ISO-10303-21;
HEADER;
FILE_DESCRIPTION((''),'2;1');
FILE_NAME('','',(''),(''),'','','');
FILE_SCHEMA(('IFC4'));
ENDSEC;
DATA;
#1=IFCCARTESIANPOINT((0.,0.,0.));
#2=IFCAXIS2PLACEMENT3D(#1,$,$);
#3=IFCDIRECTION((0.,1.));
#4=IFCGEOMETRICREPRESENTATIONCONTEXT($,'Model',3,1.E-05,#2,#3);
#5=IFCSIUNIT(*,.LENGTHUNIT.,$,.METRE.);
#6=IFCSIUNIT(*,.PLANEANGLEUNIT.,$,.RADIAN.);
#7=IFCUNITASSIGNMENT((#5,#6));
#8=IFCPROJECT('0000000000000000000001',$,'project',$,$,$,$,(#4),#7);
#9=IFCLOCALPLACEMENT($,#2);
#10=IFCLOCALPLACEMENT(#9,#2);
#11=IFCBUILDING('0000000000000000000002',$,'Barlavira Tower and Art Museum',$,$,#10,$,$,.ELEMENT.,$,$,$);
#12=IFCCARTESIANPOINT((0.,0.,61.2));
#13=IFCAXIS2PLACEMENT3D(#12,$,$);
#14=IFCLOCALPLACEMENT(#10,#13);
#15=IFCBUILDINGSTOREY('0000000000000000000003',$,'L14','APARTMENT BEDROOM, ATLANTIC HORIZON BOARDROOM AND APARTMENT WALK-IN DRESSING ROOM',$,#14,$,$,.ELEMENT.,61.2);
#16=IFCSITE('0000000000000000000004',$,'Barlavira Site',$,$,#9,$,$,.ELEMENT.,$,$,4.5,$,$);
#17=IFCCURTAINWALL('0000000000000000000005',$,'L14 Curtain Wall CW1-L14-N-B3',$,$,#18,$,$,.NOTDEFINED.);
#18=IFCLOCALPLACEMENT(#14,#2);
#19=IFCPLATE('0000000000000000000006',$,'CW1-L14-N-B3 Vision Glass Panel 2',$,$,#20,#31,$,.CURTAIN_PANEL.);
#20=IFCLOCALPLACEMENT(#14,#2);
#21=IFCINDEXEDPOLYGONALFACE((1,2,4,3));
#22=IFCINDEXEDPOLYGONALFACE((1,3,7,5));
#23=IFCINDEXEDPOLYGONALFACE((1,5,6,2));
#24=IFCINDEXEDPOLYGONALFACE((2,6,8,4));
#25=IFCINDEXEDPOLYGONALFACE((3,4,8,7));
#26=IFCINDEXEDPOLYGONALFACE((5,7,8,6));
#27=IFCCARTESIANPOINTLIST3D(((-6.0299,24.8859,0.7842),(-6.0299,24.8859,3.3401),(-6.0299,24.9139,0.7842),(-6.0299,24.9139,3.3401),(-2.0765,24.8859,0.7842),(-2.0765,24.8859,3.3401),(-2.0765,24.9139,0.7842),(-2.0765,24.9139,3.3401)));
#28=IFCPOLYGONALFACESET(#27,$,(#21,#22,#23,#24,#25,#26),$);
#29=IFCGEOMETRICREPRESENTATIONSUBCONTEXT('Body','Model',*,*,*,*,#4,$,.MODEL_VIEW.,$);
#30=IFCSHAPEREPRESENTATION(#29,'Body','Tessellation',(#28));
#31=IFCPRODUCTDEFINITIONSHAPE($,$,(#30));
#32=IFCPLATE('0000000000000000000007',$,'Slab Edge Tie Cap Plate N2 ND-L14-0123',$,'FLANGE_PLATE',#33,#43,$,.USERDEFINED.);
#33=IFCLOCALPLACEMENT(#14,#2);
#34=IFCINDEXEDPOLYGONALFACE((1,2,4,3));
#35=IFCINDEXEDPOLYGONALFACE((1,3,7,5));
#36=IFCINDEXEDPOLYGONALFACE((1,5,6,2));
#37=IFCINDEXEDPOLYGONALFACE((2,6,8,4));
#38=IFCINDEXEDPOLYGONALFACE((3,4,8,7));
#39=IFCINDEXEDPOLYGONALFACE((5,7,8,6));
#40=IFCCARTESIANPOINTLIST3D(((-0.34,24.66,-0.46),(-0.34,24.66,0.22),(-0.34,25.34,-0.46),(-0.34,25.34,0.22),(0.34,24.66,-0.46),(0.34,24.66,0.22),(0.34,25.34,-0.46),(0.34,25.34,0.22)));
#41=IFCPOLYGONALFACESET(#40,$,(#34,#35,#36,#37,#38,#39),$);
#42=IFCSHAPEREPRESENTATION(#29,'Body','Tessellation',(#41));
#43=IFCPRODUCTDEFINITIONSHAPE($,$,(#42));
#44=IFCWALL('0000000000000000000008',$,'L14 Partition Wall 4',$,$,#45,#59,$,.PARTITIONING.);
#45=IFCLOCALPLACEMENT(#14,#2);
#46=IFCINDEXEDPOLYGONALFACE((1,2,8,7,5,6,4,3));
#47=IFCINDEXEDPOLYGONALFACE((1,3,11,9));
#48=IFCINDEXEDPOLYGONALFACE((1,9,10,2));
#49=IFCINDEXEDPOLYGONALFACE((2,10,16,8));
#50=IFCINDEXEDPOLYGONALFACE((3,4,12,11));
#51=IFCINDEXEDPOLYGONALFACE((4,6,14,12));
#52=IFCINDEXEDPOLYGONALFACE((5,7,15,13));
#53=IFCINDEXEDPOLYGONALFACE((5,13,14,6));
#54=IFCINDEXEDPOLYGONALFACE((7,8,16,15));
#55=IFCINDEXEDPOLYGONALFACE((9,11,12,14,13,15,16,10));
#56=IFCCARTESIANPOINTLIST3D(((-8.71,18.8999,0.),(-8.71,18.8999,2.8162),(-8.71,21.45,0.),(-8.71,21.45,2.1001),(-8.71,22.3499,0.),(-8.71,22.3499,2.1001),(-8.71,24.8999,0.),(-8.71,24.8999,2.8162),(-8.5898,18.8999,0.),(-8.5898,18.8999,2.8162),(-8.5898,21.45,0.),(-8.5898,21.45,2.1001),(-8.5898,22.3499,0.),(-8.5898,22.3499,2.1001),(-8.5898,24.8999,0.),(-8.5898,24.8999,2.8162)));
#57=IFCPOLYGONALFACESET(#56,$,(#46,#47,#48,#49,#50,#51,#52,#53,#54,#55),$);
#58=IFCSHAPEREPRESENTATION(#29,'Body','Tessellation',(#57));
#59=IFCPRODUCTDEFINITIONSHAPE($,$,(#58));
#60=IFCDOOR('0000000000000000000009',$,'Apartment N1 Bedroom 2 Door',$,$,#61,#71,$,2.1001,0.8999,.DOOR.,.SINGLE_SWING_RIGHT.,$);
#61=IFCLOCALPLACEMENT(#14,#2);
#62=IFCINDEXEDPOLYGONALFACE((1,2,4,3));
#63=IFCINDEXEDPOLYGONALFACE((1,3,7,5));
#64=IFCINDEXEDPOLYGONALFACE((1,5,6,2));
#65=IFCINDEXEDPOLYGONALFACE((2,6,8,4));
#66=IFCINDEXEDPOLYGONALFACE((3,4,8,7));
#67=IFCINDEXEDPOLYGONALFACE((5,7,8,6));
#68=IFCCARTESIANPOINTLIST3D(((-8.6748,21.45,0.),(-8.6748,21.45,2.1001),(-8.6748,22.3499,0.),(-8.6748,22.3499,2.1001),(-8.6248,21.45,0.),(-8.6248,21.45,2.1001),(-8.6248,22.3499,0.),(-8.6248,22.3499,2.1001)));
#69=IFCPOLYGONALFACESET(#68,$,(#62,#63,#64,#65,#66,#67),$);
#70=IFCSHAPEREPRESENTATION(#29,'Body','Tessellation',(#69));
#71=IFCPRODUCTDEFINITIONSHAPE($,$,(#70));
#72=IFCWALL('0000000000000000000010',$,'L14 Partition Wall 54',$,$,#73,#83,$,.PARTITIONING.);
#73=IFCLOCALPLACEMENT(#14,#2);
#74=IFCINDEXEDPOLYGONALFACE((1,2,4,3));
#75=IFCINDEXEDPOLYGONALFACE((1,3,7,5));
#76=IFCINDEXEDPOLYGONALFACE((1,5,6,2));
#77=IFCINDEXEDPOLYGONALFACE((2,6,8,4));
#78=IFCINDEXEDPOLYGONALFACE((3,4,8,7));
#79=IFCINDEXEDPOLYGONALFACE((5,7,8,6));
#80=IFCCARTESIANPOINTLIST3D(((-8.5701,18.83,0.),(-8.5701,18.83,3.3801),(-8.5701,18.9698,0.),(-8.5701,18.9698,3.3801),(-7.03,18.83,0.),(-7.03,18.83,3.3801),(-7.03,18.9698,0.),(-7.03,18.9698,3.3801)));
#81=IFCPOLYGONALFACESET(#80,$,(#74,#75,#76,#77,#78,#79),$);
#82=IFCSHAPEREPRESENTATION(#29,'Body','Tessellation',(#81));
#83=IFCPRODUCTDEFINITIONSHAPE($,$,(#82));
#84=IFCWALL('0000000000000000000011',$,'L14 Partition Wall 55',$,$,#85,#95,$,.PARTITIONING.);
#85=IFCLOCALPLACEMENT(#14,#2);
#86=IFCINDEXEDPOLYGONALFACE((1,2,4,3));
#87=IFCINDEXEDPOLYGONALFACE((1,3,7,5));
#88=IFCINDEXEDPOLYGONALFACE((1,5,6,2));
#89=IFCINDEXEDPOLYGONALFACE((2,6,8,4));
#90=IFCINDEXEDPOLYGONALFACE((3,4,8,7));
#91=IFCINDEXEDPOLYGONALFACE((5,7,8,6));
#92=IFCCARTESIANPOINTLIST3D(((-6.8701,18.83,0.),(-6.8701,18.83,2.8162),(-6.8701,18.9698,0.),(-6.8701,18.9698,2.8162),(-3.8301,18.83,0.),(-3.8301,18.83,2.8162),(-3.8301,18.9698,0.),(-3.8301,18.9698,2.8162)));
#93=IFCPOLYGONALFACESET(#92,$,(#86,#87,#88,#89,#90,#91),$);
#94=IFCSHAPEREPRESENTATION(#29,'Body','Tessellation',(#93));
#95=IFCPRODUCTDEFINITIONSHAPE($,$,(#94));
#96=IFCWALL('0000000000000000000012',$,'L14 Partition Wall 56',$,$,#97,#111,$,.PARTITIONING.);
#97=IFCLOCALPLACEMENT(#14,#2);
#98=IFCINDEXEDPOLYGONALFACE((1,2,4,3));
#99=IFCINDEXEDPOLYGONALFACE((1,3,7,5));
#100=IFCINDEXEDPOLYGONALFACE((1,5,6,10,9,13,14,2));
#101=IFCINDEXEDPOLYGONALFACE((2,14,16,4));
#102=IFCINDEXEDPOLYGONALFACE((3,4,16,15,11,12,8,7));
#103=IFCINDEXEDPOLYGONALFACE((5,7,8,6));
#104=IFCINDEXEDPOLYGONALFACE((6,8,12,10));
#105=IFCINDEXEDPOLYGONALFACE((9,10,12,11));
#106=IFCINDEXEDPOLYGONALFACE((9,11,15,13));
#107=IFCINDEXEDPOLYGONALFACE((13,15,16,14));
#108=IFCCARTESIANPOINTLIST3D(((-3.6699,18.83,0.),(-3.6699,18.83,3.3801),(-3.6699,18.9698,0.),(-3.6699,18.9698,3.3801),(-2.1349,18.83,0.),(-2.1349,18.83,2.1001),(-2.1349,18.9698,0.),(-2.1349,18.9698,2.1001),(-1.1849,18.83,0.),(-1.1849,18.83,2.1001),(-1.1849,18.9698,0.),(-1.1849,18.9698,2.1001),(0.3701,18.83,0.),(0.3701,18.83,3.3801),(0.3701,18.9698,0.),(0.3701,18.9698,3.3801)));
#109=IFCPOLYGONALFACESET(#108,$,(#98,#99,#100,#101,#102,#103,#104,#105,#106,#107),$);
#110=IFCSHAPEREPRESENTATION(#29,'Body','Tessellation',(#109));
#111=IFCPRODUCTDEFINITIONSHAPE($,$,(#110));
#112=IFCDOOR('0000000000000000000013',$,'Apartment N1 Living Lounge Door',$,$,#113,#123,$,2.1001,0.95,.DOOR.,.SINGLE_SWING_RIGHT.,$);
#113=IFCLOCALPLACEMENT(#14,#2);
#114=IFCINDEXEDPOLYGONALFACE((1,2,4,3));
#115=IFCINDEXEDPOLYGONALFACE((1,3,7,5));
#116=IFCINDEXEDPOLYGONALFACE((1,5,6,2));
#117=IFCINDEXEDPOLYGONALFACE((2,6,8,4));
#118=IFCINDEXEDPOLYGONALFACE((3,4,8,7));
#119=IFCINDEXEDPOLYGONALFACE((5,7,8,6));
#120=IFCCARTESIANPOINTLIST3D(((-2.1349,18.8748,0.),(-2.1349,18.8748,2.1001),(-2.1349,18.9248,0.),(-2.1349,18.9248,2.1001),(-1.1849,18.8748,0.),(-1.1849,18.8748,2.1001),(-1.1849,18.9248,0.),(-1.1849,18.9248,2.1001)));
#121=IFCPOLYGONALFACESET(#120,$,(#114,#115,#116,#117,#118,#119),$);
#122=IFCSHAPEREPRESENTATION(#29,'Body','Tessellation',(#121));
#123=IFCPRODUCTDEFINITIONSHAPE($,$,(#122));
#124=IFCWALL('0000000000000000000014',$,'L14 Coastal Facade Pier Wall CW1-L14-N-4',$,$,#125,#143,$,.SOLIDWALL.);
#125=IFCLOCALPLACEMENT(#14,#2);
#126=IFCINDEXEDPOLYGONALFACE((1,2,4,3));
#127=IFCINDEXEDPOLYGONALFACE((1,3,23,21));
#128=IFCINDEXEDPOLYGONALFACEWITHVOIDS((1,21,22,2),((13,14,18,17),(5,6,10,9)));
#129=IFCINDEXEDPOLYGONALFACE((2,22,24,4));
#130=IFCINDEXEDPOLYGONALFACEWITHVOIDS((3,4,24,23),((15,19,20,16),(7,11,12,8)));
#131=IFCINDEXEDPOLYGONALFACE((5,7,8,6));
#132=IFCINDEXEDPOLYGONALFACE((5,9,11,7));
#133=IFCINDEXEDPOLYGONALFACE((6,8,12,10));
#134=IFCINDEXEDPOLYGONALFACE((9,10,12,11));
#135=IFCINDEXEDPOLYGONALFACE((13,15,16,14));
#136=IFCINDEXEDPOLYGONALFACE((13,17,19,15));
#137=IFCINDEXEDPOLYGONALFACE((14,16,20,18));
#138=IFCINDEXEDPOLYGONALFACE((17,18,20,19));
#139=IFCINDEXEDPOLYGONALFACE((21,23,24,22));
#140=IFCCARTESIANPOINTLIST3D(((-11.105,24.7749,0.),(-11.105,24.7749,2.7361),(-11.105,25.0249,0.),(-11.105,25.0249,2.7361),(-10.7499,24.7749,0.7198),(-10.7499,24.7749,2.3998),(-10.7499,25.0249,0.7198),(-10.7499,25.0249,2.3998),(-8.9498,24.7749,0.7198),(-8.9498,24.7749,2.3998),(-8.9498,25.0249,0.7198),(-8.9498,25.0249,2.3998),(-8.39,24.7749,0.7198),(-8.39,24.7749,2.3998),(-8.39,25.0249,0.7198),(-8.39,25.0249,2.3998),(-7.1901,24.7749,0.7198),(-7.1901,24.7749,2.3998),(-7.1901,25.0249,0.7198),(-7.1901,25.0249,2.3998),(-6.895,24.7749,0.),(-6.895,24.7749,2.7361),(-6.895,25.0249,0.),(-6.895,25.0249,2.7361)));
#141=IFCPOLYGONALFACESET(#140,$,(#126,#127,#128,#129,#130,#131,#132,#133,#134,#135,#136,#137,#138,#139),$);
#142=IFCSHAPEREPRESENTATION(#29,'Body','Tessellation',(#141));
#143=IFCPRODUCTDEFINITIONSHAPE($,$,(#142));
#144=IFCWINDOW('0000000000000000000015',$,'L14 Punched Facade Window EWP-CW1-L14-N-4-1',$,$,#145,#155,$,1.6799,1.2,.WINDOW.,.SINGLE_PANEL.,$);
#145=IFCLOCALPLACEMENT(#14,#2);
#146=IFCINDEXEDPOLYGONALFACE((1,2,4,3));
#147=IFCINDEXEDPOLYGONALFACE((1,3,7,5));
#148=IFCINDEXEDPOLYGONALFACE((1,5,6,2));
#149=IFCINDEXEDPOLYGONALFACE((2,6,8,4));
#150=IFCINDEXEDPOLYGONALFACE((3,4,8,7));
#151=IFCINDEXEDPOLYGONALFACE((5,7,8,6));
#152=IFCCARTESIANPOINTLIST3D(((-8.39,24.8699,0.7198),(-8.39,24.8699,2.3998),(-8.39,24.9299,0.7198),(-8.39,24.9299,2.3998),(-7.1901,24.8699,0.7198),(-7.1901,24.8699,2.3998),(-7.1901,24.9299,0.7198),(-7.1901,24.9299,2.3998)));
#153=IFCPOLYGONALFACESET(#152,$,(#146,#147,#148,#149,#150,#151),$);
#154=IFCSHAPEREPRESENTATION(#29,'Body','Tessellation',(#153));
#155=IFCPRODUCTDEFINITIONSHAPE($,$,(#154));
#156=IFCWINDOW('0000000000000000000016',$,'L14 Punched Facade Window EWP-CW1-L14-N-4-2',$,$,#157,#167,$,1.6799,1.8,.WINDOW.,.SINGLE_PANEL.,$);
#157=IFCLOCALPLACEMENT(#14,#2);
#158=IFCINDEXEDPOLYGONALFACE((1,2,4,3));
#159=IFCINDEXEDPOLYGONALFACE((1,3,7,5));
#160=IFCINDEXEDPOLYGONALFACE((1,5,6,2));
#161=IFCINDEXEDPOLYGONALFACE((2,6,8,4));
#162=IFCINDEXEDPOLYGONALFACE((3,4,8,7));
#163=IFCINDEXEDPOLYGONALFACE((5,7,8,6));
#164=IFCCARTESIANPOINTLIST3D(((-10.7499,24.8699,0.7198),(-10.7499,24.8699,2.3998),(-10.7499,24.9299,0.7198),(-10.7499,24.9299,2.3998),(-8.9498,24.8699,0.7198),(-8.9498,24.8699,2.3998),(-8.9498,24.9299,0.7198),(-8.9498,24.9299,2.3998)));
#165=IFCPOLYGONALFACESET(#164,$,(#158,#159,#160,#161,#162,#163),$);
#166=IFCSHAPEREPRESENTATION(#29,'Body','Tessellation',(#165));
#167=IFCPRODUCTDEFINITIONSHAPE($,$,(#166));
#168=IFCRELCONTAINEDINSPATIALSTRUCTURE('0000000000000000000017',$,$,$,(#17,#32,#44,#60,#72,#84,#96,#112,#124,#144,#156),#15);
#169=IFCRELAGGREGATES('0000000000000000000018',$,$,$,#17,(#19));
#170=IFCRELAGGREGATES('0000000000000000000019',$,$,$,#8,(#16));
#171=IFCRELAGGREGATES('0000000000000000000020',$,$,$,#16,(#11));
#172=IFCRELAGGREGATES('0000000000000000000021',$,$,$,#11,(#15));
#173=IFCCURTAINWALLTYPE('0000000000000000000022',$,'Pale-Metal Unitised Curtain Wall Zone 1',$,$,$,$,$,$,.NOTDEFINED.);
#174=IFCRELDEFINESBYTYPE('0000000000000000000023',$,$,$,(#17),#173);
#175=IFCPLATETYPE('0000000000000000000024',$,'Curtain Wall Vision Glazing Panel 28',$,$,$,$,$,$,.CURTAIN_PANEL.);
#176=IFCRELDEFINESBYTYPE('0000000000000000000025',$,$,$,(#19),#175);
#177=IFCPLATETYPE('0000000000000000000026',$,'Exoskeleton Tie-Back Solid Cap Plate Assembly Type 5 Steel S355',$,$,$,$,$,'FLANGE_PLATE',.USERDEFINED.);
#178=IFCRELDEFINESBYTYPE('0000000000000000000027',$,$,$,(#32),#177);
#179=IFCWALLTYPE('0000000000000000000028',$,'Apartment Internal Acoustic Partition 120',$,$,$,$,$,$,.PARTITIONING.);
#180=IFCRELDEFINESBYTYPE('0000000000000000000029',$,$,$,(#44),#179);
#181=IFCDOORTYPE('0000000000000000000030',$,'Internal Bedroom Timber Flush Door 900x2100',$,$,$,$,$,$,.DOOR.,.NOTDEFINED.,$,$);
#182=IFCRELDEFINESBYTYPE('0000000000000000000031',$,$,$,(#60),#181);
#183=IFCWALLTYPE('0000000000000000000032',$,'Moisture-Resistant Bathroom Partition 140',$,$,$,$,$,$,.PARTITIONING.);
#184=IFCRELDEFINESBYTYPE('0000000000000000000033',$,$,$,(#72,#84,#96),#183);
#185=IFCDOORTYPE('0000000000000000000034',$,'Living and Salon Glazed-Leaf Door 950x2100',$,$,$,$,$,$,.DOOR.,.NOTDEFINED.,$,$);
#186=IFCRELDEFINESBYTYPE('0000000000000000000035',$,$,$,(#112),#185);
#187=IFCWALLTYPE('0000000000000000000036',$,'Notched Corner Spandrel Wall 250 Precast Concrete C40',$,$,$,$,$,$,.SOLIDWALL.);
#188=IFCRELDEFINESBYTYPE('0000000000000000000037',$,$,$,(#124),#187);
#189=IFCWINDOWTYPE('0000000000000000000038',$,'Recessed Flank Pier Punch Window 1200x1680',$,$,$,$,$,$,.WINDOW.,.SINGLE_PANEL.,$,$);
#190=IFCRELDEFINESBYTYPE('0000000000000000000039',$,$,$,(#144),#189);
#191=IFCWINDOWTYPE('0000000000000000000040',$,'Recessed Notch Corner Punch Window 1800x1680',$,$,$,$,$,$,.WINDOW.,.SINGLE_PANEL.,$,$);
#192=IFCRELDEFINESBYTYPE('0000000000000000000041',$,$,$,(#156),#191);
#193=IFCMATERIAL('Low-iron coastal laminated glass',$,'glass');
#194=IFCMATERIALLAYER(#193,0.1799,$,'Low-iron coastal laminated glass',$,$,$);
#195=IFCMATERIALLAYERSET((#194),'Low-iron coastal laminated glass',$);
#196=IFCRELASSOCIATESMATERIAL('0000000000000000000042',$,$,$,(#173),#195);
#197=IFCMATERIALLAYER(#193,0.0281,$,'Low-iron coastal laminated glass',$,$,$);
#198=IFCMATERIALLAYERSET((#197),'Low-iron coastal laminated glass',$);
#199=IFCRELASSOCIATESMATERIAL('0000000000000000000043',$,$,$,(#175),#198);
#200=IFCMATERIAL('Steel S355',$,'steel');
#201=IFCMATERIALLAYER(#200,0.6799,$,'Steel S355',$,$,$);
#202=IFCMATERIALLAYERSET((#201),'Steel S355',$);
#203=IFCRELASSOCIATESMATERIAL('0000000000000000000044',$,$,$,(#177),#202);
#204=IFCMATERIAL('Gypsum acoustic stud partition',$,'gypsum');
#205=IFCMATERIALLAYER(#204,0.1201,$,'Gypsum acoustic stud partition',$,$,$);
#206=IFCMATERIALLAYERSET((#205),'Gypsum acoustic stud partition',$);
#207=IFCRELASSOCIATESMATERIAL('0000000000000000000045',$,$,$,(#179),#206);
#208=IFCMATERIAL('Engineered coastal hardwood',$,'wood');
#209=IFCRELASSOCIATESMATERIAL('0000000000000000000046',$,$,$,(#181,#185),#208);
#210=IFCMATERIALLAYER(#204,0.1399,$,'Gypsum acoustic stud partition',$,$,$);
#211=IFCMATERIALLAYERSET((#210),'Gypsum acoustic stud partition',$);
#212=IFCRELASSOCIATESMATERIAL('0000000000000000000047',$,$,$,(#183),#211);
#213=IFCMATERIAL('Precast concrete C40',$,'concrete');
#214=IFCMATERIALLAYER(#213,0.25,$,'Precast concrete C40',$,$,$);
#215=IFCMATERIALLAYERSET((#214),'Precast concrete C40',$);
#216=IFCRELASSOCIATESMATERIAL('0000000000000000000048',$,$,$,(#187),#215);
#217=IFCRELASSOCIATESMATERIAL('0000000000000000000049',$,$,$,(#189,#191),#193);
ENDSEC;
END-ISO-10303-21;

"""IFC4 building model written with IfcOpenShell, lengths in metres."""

from ifc_helpers import new_model, si_unit, direction, frame, frame_2d, origin, origin_2d, place, context, subcontext, project, spatial, rectangle, extrude, material, layer, layer_set, type_object, element, fill, aggregate, save


model = new_model("IFC4")

# Units and contexts
model_context = context("Model", 3, precision=1e-05, world=origin(), true_north=direction((0.0, 1.0)))
body_context = subcontext(model_context, "Body", "Model", "MODEL_VIEW")
ifc_project = project(units=[si_unit("LENGTHUNIT", "METRE"), si_unit("PLANEANGLEUNIT", "RADIAN")], contexts=[model_context])

# Site, building, storey
site_placement = place(None, origin())
site = spatial("IfcSite", under=ifc_project, at=site_placement, Name="Barlavira Site", CompositionType="ELEMENT", RefElevation=4.5)
building_placement = place(site_placement, origin())
building = spatial("IfcBuilding", under=site, at=building_placement, Name="Barlavira Tower and Art Museum", CompositionType="ELEMENT")
storey_placement = place(building_placement, frame((0.0, 0.0, 61.2)))
storey = spatial("IfcBuildingStorey", under=building, at=storey_placement, Name="L14", Description="APARTMENT BEDROOM, ATLANTIC HORIZON BOARDROOM AND APARTMENT WALK-IN DRESSING ROOM", CompositionType="ELEMENT", Elevation=61.2)

# Curtain wall
ifc_material_1 = material(Name="Low-iron coastal laminated glass", Category="glass")
ifc_layer_1 = layer(ifc_material_1, 0.1799, Name="Low-iron coastal laminated glass")
ifc_layer_set_1 = layer_set([ifc_layer_1], Name="Low-iron coastal laminated glass")
curtain_wall_type = type_object("IfcCurtainWallType", Name="Pale-Metal Unitised Curtain Wall Zone 1", PredefinedType="NOTDEFINED", material=ifc_layer_set_1)
curtain_wall_placement = place(storey_placement, origin())
curtain_wall = element("IfcCurtainWall", 1, at=curtain_wall_placement, inside=storey, type_object=curtain_wall_type, Name="L14 Curtain Wall CW1-L14-N-B3", PredefinedType="NOTDEFINED")

# Shared definitions
ifc_material_2 = material(Name="Steel S355", Category="steel")

# Plates
ifc_layer_2 = layer(ifc_material_1, 0.0281, Name="Low-iron coastal laminated glass")
ifc_layer_set_2 = layer_set([ifc_layer_2], Name="Low-iron coastal laminated glass")
plate_type_1 = type_object("IfcPlateType", Name="Curtain Wall Vision Glazing Panel 28", PredefinedType="CURTAIN_PANEL", material=ifc_layer_set_2)
plate_1_placement = place(storey_placement, frame((-4.0532, 24.8999, 0.7842), z_axis=(0.0, 0.0, 1.0), x_axis=(-1.0, 0.0, 0.0)))
plate_1 = element("IfcPlate", 2, at=plate_1_placement, type_object=plate_type_1, Name="CW1-L14-N-B3 Vision Glass Panel 2", PredefinedType="CURTAIN_PANEL", context=body_context, shape_type="SweptSolid", body=[
    extrude(rectangle(XDim=3.9534, YDim=0.0281, at=origin_2d()), origin(), (0.0, 0.0, 1.0), 2.5559),
])
aggregate(curtain_wall, [plate_1])
ifc_layer_3 = layer(ifc_material_2, 0.6799, Name="Steel S355")
ifc_layer_set_3 = layer_set([ifc_layer_3], Name="Steel S355")
plate_type_2 = type_object("IfcPlateType", Name="Exoskeleton Tie-Back Solid Cap Plate Assembly Type 5 Steel S355", ElementType="FLANGE_PLATE", PredefinedType="USERDEFINED", material=ifc_layer_set_3)
plate_2_placement = place(storey_placement, frame((0.0, 25.0, -0.46), z_axis=(0.0, 0.0, 1.0), x_axis=(1.0, 0.0, 0.0)))
element("IfcPlate", 3, at=plate_2_placement, inside=storey, type_object=plate_type_2, Name="Slab Edge Tie Cap Plate N2 ND-L14-0123", ObjectType="FLANGE_PLATE", PredefinedType="USERDEFINED", context=body_context, shape_type="SweptSolid", body=[
    extrude(rectangle(XDim=0.6799, YDim=0.6799, at=origin_2d()), origin(), (0.0, 0.0, 1.0), 0.6799),
])

# Wall, opening, door
ifc_material_3 = material(Name="Gypsum acoustic stud partition", Category="gypsum")
ifc_layer_4 = layer(ifc_material_3, 0.1201, Name="Gypsum acoustic stud partition")
ifc_layer_set_4 = layer_set([ifc_layer_4], Name="Gypsum acoustic stud partition")
wall_type_1 = type_object("IfcWallType", Name="Apartment Internal Acoustic Partition 120", PredefinedType="PARTITIONING", material=ifc_layer_set_4)
wall_1_placement = place(storey_placement, frame((-8.6499, 18.8999, 0.0), z_axis=(0.0, 0.0, 1.0), x_axis=(0.0, 1.0, 0.0)))
wall_1 = element("IfcWall", 4, at=wall_1_placement, inside=storey, type_object=wall_type_1, Name="L14 Partition Wall 4", PredefinedType="PARTITIONING", context=body_context, shape_type="SweptSolid", body=[
    extrude(rectangle(XDim=6.0, YDim=0.1201, at=frame_2d((3.0, 0.0))), origin(), (0.0, 0.0, 1.0), 2.8162),
])
opening_1_placement = place(wall_1_placement, frame((2.55, 0.0, 0.0)))
opening_1 = element("IfcOpeningElement", 5, at=opening_1_placement, cuts=wall_1, PredefinedType="OPENING", context=body_context, shape_type="SweptSolid", body=[
    extrude(rectangle(XDim=0.8999, YDim=2.1001, at=frame_2d((0.45, 1.05))), frame((0.0, 0.0701, 0.0), z_axis=(0.0, -1.0, 0.0), x_axis=(1.0, 0.0, 0.0)), (0.0, 0.0, 1.0), 0.1401),
])
ifc_material_4 = material(Name="Engineered coastal hardwood", Category="wood")
door_type_1 = type_object("IfcDoorType", Name="Internal Bedroom Timber Flush Door 900x2100", OperationType="NOTDEFINED", PredefinedType="DOOR", material=ifc_material_4)
door_1_placement = place(opening_1_placement, origin())
door_1 = element("IfcDoor", 6, at=door_1_placement, inside=storey, type_object=door_type_1, Name="Apartment N1 Bedroom 2 Door", OperationType="SINGLE_SWING_RIGHT", OverallHeight=2.1001, OverallWidth=0.8999, PredefinedType="DOOR", context=body_context, shape_type="SweptSolid", body=[
    extrude(rectangle(XDim=0.8999, YDim=2.1001, at=frame_2d((0.45, 1.05))), frame((0.0, 0.0249, 0.0), z_axis=(0.0, -1.0, 0.0), x_axis=(1.0, 0.0, 0.0)), (0.0, 0.0, 1.0), 0.05),
])
fill(opening_1, door_1)

# Walls
ifc_layer_5 = layer(ifc_material_3, 0.1399, Name="Gypsum acoustic stud partition")
ifc_layer_set_5 = layer_set([ifc_layer_5], Name="Gypsum acoustic stud partition")
wall_type_2 = type_object("IfcWallType", Name="Moisture-Resistant Bathroom Partition 140", PredefinedType="PARTITIONING", material=ifc_layer_set_5)
wall_2_placement = place(storey_placement, frame((-8.5701, 18.8999, 0.0), z_axis=(0.0, 0.0, 1.0), x_axis=(1.0, 0.0, 0.0)))
element("IfcWall", 7, at=wall_2_placement, inside=storey, type_object=wall_type_2, Name="L14 Partition Wall 54", PredefinedType="PARTITIONING", context=body_context, shape_type="SweptSolid", body=[
    extrude(rectangle(XDim=1.54, YDim=0.1399, at=frame_2d((0.77, 0.0))), origin(), (0.0, 0.0, 1.0), 3.3801),
])
wall_3_placement = place(storey_placement, frame((-6.8701, 18.8999, 0.0), z_axis=(0.0, 0.0, 1.0), x_axis=(1.0, 0.0, 0.0)))
element("IfcWall", 8, at=wall_3_placement, inside=storey, type_object=wall_type_2, Name="L14 Partition Wall 55", PredefinedType="PARTITIONING", context=body_context, shape_type="SweptSolid", body=[
    extrude(rectangle(XDim=3.04, YDim=0.1399, at=frame_2d((1.52, 0.0))), origin(), (0.0, 0.0, 1.0), 2.8162),
])

# Wall, opening, door
wall_4_placement = place(storey_placement, frame((-3.6699, 18.8999, 0.0), z_axis=(0.0, 0.0, 1.0), x_axis=(1.0, 0.0, 0.0)))
wall_4 = element("IfcWall", 9, at=wall_4_placement, inside=storey, type_object=wall_type_2, Name="L14 Partition Wall 56", PredefinedType="PARTITIONING", context=body_context, shape_type="SweptSolid", body=[
    extrude(rectangle(XDim=4.04, YDim=0.1399, at=frame_2d((2.02, 0.0))), origin(), (0.0, 0.0, 1.0), 3.3801),
])
opening_2_placement = place(wall_4_placement, frame((1.5349, 0.0, 0.0)))
opening_2 = element("IfcOpeningElement", 10, at=opening_2_placement, cuts=wall_4, PredefinedType="OPENING", context=body_context, shape_type="SweptSolid", body=[
    extrude(rectangle(XDim=0.95, YDim=2.1001, at=frame_2d((0.4751, 1.05))), frame((0.0, 0.0801, 0.0), z_axis=(0.0, -1.0, 0.0), x_axis=(1.0, 0.0, 0.0)), (0.0, 0.0, 1.0), 0.1599),
])
door_type_2 = type_object("IfcDoorType", Name="Living and Salon Glazed-Leaf Door 950x2100", OperationType="NOTDEFINED", PredefinedType="DOOR", material=ifc_material_4)
door_2_placement = place(opening_2_placement, origin())
door_2 = element("IfcDoor", 11, at=door_2_placement, inside=storey, type_object=door_type_2, Name="Apartment N1 Living Lounge Door", OperationType="SINGLE_SWING_RIGHT", OverallHeight=2.1001, OverallWidth=0.95, PredefinedType="DOOR", context=body_context, shape_type="SweptSolid", body=[
    extrude(rectangle(XDim=0.95, YDim=2.1001, at=frame_2d((0.4751, 1.05))), frame((0.0, 0.0249, 0.0), z_axis=(0.0, -1.0, 0.0), x_axis=(1.0, 0.0, 0.0)), (0.0, 0.0, 1.0), 0.05),
])
fill(opening_2, door_2)

# Wall, openings, windows
ifc_material_5 = material(Name="Precast concrete C40", Category="concrete")
ifc_layer_6 = layer(ifc_material_5, 0.25, Name="Precast concrete C40")
ifc_layer_set_6 = layer_set([ifc_layer_6], Name="Precast concrete C40")
wall_type_3 = type_object("IfcWallType", Name="Notched Corner Spandrel Wall 250 Precast Concrete C40", PredefinedType="SOLIDWALL", material=ifc_layer_set_6)
wall_5_placement = place(storey_placement, frame((-6.895, 24.8999, 0.0), z_axis=(0.0, 0.0, 1.0), x_axis=(-1.0, 0.0, 0.0)))
wall_5 = element("IfcWall", 12, at=wall_5_placement, inside=storey, type_object=wall_type_3, Name="L14 Coastal Facade Pier Wall CW1-L14-N-4", PredefinedType="SOLIDWALL", context=body_context, shape_type="SweptSolid", body=[
    extrude(rectangle(XDim=4.21, YDim=0.25, at=frame_2d((2.105, 0.0))), origin(), (0.0, 0.0, 1.0), 2.7361),
])
opening_3_placement = place(wall_5_placement, frame((0.2949, 0.0, 0.72)))
opening_3 = element("IfcOpeningElement", 13, at=opening_3_placement, cuts=wall_5, PredefinedType="OPENING", context=body_context, shape_type="SweptSolid", body=[
    extrude(rectangle(XDim=1.2, YDim=1.6799, at=frame_2d((0.6001, 0.8398))), frame((0.0, 0.135, 0.0), z_axis=(0.0, -1.0, 0.0), x_axis=(1.0, 0.0, 0.0)), (0.0, 0.0, 1.0), 0.27),
])
opening_4_placement = place(wall_5_placement, frame((2.0549, 0.0, 0.72)))
opening_4 = element("IfcOpeningElement", 14, at=opening_4_placement, cuts=wall_5, PredefinedType="OPENING", context=body_context, shape_type="SweptSolid", body=[
    extrude(rectangle(XDim=1.8, YDim=1.6799, at=frame_2d((0.8999, 0.8398))), frame((0.0, 0.135, 0.0), z_axis=(0.0, -1.0, 0.0), x_axis=(1.0, 0.0, 0.0)), (0.0, 0.0, 1.0), 0.27),
])
window_type_1 = type_object("IfcWindowType", Name="Recessed Flank Pier Punch Window 1200x1680", PartitioningType="SINGLE_PANEL", PredefinedType="WINDOW", material=ifc_material_1)
window_1_placement = place(opening_3_placement, origin())
window_1 = element("IfcWindow", 15, at=window_1_placement, inside=storey, type_object=window_type_1, Name="L14 Punched Facade Window EWP-CW1-L14-N-4-1", OverallHeight=1.6799, OverallWidth=1.2, PartitioningType="SINGLE_PANEL", PredefinedType="WINDOW", context=body_context, shape_type="SweptSolid", body=[
    extrude(rectangle(XDim=1.2, YDim=1.6799, at=frame_2d((0.6001, 0.8398))), frame((0.0, 0.03, 0.0), z_axis=(0.0, -1.0, 0.0), x_axis=(1.0, 0.0, 0.0)), (0.0, 0.0, 1.0), 0.0601),
])
fill(opening_3, window_1)
window_type_2 = type_object("IfcWindowType", Name="Recessed Notch Corner Punch Window 1800x1680", PartitioningType="SINGLE_PANEL", PredefinedType="WINDOW", material=ifc_material_1)
window_2_placement = place(opening_4_placement, origin())
window_2 = element("IfcWindow", 16, at=window_2_placement, inside=storey, type_object=window_type_2, Name="L14 Punched Facade Window EWP-CW1-L14-N-4-2", OverallHeight=1.6799, OverallWidth=1.8, PartitioningType="SINGLE_PANEL", PredefinedType="WINDOW", context=body_context, shape_type="SweptSolid", body=[
    extrude(rectangle(XDim=1.8, YDim=1.6799, at=frame_2d((0.8999, 0.8398))), frame((0.0, 0.03, 0.0), z_axis=(0.0, -1.0, 0.0), x_axis=(1.0, 0.0, 0.0)), (0.0, 0.0, 1.0), 0.0601),
])
fill(opening_4, window_2)

save(model, "model.ifc")
